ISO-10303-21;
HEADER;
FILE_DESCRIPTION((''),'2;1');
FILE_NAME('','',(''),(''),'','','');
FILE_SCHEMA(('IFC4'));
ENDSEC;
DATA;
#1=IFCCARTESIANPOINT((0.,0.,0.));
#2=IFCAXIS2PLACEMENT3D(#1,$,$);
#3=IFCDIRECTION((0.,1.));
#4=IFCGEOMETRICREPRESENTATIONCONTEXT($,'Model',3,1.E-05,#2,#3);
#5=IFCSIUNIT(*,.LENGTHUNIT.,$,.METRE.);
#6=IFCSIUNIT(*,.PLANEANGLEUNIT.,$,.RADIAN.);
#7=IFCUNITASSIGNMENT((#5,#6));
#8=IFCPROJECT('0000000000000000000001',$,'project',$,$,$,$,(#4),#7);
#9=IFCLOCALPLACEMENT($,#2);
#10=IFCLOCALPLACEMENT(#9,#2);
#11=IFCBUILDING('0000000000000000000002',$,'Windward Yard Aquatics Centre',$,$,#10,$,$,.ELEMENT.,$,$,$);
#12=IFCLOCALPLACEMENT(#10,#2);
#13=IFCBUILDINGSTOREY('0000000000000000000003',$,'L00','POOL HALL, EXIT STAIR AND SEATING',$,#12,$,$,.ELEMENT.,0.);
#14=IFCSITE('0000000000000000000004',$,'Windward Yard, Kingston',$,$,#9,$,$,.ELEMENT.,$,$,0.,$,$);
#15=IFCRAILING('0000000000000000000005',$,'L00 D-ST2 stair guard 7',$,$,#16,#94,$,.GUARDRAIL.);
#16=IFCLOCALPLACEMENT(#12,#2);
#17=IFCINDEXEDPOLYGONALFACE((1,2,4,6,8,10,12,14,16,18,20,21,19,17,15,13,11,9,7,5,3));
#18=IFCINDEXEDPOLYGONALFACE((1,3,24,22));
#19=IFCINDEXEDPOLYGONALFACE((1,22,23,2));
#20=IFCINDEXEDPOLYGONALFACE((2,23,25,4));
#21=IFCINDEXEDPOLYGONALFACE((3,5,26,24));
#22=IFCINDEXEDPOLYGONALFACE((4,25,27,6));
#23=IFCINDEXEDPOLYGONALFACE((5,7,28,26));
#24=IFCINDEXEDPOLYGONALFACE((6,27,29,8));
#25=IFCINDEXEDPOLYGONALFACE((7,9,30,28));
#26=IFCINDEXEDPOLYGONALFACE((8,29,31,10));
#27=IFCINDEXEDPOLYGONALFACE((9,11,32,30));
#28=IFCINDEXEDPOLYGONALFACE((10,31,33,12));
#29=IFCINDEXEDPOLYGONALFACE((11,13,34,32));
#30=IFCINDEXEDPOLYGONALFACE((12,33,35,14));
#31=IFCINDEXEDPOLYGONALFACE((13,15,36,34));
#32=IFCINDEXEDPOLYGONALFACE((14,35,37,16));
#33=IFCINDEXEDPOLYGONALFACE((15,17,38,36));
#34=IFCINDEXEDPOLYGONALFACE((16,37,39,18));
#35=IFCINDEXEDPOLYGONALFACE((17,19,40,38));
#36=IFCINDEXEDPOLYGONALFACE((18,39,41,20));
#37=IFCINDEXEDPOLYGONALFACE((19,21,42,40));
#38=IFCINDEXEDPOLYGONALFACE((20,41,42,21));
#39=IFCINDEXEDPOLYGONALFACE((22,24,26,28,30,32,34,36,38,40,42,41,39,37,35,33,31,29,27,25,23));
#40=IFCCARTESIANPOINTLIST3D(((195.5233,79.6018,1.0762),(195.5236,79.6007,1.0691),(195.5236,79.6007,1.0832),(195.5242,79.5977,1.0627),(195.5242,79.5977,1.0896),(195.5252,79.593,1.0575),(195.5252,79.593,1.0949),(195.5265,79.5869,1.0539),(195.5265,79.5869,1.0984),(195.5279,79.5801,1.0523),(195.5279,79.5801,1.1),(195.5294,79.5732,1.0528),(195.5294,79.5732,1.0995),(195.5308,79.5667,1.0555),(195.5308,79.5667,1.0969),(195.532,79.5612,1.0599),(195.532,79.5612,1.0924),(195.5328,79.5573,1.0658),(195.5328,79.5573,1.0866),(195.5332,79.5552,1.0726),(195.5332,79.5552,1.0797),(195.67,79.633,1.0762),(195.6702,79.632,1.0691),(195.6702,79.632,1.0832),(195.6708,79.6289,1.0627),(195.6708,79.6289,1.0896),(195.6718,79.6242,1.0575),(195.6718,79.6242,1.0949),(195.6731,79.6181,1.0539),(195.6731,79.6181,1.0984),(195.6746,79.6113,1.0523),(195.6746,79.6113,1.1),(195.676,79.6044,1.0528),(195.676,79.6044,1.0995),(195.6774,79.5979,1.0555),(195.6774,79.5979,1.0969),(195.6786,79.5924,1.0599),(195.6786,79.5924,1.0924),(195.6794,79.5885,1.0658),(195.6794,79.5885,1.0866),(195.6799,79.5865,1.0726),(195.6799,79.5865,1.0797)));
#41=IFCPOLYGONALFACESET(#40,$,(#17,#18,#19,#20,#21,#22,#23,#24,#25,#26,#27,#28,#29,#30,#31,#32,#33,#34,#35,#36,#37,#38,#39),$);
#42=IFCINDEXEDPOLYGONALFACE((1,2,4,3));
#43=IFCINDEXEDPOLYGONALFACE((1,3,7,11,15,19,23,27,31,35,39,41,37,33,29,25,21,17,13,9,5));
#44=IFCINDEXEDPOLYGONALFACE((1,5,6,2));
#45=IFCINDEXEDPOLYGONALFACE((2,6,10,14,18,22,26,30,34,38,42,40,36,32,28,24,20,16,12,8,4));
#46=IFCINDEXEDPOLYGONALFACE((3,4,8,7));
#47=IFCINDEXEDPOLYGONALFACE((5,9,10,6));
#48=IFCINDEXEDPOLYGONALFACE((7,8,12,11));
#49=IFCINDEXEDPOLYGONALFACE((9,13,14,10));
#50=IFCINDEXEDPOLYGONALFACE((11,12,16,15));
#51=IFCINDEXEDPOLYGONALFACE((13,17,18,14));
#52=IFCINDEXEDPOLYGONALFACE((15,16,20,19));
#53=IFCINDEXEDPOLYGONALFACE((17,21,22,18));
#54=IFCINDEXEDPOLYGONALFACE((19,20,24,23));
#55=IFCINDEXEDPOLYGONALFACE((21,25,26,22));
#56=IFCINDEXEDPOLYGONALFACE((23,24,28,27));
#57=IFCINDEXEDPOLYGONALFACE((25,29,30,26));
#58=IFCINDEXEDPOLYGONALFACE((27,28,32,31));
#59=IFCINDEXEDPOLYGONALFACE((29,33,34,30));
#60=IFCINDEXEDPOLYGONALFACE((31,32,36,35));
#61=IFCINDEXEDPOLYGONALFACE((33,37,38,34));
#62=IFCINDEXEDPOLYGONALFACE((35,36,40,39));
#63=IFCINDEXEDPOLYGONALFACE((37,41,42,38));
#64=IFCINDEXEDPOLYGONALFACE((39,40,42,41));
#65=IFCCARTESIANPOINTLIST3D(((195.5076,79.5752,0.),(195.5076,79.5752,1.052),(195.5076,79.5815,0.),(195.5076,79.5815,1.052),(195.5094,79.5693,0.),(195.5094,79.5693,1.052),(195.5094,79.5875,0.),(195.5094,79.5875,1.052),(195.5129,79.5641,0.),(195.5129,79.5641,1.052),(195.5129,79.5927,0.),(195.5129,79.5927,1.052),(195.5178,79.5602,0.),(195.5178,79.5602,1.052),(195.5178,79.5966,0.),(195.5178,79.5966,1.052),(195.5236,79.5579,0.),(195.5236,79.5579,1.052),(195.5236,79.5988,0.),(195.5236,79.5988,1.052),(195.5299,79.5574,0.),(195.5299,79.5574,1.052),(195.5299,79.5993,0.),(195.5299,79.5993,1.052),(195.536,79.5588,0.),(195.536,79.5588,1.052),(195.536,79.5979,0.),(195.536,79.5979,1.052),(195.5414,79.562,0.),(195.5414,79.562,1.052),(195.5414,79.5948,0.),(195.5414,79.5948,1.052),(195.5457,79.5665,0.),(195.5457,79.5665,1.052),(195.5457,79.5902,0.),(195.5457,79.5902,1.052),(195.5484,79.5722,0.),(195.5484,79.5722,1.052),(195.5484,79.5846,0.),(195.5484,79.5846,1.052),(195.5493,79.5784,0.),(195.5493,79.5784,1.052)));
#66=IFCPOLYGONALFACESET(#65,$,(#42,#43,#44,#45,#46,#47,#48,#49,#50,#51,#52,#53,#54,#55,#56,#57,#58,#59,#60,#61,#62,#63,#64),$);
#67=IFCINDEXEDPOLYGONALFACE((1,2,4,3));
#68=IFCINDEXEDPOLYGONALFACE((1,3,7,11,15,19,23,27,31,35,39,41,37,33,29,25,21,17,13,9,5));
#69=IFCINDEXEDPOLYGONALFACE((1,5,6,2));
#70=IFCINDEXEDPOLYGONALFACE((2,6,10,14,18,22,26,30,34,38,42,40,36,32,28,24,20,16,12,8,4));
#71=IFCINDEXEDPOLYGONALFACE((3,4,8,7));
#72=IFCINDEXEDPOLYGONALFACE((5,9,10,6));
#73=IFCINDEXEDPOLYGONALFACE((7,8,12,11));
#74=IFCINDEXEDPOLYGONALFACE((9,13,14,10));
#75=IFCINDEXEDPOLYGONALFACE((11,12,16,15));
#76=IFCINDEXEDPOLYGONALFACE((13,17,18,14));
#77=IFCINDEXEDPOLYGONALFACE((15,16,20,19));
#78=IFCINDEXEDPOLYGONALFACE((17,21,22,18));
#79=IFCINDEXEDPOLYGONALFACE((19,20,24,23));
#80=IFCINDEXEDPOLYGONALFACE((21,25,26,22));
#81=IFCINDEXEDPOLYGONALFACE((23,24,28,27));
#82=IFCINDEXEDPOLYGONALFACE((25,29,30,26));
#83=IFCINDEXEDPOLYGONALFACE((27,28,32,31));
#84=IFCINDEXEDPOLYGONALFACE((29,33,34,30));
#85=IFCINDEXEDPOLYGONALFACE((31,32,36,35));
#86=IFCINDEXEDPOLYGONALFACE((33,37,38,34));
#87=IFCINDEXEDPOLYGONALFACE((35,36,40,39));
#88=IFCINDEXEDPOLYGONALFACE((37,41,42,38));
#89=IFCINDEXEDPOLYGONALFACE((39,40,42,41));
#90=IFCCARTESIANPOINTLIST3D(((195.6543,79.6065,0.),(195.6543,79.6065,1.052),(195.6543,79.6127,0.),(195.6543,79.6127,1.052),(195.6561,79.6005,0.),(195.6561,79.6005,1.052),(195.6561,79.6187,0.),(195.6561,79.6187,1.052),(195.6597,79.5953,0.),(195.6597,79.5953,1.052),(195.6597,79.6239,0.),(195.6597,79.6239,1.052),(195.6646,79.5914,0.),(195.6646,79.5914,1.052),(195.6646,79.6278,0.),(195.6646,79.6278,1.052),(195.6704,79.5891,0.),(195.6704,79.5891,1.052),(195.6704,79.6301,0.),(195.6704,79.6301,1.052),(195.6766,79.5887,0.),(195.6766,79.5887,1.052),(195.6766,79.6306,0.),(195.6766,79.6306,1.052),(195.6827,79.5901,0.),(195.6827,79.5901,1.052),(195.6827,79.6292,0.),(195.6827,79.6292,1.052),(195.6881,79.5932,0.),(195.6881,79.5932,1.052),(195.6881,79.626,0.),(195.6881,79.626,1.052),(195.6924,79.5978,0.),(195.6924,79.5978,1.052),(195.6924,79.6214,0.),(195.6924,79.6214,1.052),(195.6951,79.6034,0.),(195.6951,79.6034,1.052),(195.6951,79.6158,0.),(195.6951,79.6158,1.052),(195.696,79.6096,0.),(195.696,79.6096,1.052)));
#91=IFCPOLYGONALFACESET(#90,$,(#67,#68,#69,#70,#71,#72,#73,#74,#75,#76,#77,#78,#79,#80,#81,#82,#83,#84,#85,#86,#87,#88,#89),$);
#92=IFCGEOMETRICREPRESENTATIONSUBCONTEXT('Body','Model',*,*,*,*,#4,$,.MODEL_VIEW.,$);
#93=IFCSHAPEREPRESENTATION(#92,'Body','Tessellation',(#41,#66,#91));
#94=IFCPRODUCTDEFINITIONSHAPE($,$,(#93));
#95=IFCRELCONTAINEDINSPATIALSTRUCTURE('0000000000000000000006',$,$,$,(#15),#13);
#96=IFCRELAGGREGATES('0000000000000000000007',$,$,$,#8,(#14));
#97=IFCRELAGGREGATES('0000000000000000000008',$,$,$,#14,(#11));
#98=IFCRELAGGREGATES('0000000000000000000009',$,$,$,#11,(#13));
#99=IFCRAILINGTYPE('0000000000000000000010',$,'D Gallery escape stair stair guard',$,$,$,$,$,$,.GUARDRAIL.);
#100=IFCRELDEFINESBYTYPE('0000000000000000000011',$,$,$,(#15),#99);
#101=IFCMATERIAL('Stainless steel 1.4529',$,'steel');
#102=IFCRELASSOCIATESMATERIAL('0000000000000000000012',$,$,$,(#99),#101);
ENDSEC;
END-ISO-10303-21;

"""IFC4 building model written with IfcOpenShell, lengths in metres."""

from ifc_helpers import new_model, si_unit, direction, frame, origin, origin_2d, place, context, subcontext, project, spatial, circle, extrude, material, type_object, element, save


model = new_model("IFC4")

# Units and contexts
model_context = context("Model", 3, precision=1e-05, world=origin(), true_north=direction((0.0, 1.0)))
body_context = subcontext(model_context, "Body", "Model", "MODEL_VIEW")
ifc_project = project(units=[si_unit("LENGTHUNIT", "METRE"), si_unit("PLANEANGLEUNIT", "RADIAN")], contexts=[model_context])

# Site, building, storey
site_placement = place(None, origin())
site = spatial("IfcSite", under=ifc_project, at=site_placement, Name="Windward Yard, Kingston", CompositionType="ELEMENT", RefElevation=0.0)
building_placement = place(site_placement, origin())
building = spatial("IfcBuilding", under=site, at=building_placement, Name="Windward Yard Aquatics Centre", CompositionType="ELEMENT")
storey_placement = place(building_placement, origin())
storey = spatial("IfcBuildingStorey", under=building, at=storey_placement, Name="L00", Description="POOL HALL, EXIT STAIR AND SEATING", CompositionType="ELEMENT", Elevation=0.0)

# Railing
ifc_material_1 = material(Name="Stainless steel 1.4529", Category="steel")
railing_type_1 = type_object("IfcRailingType", Name="D Gallery escape stair stair guard", PredefinedType="GUARDRAIL", material=ifc_material_1)
railing_1_placement = place(storey_placement, frame((195.5283, 79.5784, 0.0)))
element("IfcRailing", 1, at=railing_1_placement, inside=storey, type_object=railing_type_1, Name="L00 D-ST2 stair guard 7", PredefinedType="GUARDRAIL", context=body_context, shape_type="SweptSolid", body=[
    extrude(circle(Radius=0.0239, at=origin_2d()), frame((0.0, 0.0, 1.0762), z_axis=(0.978064, 0.208306, 0.0), x_axis=(-0.208306, 0.978064, 0.0)), (0.0, 0.0, 1.0), 0.1499),
    extrude(circle(Radius=0.021, at=origin_2d()), origin(), (0.0, 0.0, 1.0), 1.052),
    extrude(circle(Radius=0.021, at=origin_2d()), frame((0.1467, 0.0312, 0.0)), (0.0, 0.0, 1.0), 1.052),
])

save(model, "model.ifc")
